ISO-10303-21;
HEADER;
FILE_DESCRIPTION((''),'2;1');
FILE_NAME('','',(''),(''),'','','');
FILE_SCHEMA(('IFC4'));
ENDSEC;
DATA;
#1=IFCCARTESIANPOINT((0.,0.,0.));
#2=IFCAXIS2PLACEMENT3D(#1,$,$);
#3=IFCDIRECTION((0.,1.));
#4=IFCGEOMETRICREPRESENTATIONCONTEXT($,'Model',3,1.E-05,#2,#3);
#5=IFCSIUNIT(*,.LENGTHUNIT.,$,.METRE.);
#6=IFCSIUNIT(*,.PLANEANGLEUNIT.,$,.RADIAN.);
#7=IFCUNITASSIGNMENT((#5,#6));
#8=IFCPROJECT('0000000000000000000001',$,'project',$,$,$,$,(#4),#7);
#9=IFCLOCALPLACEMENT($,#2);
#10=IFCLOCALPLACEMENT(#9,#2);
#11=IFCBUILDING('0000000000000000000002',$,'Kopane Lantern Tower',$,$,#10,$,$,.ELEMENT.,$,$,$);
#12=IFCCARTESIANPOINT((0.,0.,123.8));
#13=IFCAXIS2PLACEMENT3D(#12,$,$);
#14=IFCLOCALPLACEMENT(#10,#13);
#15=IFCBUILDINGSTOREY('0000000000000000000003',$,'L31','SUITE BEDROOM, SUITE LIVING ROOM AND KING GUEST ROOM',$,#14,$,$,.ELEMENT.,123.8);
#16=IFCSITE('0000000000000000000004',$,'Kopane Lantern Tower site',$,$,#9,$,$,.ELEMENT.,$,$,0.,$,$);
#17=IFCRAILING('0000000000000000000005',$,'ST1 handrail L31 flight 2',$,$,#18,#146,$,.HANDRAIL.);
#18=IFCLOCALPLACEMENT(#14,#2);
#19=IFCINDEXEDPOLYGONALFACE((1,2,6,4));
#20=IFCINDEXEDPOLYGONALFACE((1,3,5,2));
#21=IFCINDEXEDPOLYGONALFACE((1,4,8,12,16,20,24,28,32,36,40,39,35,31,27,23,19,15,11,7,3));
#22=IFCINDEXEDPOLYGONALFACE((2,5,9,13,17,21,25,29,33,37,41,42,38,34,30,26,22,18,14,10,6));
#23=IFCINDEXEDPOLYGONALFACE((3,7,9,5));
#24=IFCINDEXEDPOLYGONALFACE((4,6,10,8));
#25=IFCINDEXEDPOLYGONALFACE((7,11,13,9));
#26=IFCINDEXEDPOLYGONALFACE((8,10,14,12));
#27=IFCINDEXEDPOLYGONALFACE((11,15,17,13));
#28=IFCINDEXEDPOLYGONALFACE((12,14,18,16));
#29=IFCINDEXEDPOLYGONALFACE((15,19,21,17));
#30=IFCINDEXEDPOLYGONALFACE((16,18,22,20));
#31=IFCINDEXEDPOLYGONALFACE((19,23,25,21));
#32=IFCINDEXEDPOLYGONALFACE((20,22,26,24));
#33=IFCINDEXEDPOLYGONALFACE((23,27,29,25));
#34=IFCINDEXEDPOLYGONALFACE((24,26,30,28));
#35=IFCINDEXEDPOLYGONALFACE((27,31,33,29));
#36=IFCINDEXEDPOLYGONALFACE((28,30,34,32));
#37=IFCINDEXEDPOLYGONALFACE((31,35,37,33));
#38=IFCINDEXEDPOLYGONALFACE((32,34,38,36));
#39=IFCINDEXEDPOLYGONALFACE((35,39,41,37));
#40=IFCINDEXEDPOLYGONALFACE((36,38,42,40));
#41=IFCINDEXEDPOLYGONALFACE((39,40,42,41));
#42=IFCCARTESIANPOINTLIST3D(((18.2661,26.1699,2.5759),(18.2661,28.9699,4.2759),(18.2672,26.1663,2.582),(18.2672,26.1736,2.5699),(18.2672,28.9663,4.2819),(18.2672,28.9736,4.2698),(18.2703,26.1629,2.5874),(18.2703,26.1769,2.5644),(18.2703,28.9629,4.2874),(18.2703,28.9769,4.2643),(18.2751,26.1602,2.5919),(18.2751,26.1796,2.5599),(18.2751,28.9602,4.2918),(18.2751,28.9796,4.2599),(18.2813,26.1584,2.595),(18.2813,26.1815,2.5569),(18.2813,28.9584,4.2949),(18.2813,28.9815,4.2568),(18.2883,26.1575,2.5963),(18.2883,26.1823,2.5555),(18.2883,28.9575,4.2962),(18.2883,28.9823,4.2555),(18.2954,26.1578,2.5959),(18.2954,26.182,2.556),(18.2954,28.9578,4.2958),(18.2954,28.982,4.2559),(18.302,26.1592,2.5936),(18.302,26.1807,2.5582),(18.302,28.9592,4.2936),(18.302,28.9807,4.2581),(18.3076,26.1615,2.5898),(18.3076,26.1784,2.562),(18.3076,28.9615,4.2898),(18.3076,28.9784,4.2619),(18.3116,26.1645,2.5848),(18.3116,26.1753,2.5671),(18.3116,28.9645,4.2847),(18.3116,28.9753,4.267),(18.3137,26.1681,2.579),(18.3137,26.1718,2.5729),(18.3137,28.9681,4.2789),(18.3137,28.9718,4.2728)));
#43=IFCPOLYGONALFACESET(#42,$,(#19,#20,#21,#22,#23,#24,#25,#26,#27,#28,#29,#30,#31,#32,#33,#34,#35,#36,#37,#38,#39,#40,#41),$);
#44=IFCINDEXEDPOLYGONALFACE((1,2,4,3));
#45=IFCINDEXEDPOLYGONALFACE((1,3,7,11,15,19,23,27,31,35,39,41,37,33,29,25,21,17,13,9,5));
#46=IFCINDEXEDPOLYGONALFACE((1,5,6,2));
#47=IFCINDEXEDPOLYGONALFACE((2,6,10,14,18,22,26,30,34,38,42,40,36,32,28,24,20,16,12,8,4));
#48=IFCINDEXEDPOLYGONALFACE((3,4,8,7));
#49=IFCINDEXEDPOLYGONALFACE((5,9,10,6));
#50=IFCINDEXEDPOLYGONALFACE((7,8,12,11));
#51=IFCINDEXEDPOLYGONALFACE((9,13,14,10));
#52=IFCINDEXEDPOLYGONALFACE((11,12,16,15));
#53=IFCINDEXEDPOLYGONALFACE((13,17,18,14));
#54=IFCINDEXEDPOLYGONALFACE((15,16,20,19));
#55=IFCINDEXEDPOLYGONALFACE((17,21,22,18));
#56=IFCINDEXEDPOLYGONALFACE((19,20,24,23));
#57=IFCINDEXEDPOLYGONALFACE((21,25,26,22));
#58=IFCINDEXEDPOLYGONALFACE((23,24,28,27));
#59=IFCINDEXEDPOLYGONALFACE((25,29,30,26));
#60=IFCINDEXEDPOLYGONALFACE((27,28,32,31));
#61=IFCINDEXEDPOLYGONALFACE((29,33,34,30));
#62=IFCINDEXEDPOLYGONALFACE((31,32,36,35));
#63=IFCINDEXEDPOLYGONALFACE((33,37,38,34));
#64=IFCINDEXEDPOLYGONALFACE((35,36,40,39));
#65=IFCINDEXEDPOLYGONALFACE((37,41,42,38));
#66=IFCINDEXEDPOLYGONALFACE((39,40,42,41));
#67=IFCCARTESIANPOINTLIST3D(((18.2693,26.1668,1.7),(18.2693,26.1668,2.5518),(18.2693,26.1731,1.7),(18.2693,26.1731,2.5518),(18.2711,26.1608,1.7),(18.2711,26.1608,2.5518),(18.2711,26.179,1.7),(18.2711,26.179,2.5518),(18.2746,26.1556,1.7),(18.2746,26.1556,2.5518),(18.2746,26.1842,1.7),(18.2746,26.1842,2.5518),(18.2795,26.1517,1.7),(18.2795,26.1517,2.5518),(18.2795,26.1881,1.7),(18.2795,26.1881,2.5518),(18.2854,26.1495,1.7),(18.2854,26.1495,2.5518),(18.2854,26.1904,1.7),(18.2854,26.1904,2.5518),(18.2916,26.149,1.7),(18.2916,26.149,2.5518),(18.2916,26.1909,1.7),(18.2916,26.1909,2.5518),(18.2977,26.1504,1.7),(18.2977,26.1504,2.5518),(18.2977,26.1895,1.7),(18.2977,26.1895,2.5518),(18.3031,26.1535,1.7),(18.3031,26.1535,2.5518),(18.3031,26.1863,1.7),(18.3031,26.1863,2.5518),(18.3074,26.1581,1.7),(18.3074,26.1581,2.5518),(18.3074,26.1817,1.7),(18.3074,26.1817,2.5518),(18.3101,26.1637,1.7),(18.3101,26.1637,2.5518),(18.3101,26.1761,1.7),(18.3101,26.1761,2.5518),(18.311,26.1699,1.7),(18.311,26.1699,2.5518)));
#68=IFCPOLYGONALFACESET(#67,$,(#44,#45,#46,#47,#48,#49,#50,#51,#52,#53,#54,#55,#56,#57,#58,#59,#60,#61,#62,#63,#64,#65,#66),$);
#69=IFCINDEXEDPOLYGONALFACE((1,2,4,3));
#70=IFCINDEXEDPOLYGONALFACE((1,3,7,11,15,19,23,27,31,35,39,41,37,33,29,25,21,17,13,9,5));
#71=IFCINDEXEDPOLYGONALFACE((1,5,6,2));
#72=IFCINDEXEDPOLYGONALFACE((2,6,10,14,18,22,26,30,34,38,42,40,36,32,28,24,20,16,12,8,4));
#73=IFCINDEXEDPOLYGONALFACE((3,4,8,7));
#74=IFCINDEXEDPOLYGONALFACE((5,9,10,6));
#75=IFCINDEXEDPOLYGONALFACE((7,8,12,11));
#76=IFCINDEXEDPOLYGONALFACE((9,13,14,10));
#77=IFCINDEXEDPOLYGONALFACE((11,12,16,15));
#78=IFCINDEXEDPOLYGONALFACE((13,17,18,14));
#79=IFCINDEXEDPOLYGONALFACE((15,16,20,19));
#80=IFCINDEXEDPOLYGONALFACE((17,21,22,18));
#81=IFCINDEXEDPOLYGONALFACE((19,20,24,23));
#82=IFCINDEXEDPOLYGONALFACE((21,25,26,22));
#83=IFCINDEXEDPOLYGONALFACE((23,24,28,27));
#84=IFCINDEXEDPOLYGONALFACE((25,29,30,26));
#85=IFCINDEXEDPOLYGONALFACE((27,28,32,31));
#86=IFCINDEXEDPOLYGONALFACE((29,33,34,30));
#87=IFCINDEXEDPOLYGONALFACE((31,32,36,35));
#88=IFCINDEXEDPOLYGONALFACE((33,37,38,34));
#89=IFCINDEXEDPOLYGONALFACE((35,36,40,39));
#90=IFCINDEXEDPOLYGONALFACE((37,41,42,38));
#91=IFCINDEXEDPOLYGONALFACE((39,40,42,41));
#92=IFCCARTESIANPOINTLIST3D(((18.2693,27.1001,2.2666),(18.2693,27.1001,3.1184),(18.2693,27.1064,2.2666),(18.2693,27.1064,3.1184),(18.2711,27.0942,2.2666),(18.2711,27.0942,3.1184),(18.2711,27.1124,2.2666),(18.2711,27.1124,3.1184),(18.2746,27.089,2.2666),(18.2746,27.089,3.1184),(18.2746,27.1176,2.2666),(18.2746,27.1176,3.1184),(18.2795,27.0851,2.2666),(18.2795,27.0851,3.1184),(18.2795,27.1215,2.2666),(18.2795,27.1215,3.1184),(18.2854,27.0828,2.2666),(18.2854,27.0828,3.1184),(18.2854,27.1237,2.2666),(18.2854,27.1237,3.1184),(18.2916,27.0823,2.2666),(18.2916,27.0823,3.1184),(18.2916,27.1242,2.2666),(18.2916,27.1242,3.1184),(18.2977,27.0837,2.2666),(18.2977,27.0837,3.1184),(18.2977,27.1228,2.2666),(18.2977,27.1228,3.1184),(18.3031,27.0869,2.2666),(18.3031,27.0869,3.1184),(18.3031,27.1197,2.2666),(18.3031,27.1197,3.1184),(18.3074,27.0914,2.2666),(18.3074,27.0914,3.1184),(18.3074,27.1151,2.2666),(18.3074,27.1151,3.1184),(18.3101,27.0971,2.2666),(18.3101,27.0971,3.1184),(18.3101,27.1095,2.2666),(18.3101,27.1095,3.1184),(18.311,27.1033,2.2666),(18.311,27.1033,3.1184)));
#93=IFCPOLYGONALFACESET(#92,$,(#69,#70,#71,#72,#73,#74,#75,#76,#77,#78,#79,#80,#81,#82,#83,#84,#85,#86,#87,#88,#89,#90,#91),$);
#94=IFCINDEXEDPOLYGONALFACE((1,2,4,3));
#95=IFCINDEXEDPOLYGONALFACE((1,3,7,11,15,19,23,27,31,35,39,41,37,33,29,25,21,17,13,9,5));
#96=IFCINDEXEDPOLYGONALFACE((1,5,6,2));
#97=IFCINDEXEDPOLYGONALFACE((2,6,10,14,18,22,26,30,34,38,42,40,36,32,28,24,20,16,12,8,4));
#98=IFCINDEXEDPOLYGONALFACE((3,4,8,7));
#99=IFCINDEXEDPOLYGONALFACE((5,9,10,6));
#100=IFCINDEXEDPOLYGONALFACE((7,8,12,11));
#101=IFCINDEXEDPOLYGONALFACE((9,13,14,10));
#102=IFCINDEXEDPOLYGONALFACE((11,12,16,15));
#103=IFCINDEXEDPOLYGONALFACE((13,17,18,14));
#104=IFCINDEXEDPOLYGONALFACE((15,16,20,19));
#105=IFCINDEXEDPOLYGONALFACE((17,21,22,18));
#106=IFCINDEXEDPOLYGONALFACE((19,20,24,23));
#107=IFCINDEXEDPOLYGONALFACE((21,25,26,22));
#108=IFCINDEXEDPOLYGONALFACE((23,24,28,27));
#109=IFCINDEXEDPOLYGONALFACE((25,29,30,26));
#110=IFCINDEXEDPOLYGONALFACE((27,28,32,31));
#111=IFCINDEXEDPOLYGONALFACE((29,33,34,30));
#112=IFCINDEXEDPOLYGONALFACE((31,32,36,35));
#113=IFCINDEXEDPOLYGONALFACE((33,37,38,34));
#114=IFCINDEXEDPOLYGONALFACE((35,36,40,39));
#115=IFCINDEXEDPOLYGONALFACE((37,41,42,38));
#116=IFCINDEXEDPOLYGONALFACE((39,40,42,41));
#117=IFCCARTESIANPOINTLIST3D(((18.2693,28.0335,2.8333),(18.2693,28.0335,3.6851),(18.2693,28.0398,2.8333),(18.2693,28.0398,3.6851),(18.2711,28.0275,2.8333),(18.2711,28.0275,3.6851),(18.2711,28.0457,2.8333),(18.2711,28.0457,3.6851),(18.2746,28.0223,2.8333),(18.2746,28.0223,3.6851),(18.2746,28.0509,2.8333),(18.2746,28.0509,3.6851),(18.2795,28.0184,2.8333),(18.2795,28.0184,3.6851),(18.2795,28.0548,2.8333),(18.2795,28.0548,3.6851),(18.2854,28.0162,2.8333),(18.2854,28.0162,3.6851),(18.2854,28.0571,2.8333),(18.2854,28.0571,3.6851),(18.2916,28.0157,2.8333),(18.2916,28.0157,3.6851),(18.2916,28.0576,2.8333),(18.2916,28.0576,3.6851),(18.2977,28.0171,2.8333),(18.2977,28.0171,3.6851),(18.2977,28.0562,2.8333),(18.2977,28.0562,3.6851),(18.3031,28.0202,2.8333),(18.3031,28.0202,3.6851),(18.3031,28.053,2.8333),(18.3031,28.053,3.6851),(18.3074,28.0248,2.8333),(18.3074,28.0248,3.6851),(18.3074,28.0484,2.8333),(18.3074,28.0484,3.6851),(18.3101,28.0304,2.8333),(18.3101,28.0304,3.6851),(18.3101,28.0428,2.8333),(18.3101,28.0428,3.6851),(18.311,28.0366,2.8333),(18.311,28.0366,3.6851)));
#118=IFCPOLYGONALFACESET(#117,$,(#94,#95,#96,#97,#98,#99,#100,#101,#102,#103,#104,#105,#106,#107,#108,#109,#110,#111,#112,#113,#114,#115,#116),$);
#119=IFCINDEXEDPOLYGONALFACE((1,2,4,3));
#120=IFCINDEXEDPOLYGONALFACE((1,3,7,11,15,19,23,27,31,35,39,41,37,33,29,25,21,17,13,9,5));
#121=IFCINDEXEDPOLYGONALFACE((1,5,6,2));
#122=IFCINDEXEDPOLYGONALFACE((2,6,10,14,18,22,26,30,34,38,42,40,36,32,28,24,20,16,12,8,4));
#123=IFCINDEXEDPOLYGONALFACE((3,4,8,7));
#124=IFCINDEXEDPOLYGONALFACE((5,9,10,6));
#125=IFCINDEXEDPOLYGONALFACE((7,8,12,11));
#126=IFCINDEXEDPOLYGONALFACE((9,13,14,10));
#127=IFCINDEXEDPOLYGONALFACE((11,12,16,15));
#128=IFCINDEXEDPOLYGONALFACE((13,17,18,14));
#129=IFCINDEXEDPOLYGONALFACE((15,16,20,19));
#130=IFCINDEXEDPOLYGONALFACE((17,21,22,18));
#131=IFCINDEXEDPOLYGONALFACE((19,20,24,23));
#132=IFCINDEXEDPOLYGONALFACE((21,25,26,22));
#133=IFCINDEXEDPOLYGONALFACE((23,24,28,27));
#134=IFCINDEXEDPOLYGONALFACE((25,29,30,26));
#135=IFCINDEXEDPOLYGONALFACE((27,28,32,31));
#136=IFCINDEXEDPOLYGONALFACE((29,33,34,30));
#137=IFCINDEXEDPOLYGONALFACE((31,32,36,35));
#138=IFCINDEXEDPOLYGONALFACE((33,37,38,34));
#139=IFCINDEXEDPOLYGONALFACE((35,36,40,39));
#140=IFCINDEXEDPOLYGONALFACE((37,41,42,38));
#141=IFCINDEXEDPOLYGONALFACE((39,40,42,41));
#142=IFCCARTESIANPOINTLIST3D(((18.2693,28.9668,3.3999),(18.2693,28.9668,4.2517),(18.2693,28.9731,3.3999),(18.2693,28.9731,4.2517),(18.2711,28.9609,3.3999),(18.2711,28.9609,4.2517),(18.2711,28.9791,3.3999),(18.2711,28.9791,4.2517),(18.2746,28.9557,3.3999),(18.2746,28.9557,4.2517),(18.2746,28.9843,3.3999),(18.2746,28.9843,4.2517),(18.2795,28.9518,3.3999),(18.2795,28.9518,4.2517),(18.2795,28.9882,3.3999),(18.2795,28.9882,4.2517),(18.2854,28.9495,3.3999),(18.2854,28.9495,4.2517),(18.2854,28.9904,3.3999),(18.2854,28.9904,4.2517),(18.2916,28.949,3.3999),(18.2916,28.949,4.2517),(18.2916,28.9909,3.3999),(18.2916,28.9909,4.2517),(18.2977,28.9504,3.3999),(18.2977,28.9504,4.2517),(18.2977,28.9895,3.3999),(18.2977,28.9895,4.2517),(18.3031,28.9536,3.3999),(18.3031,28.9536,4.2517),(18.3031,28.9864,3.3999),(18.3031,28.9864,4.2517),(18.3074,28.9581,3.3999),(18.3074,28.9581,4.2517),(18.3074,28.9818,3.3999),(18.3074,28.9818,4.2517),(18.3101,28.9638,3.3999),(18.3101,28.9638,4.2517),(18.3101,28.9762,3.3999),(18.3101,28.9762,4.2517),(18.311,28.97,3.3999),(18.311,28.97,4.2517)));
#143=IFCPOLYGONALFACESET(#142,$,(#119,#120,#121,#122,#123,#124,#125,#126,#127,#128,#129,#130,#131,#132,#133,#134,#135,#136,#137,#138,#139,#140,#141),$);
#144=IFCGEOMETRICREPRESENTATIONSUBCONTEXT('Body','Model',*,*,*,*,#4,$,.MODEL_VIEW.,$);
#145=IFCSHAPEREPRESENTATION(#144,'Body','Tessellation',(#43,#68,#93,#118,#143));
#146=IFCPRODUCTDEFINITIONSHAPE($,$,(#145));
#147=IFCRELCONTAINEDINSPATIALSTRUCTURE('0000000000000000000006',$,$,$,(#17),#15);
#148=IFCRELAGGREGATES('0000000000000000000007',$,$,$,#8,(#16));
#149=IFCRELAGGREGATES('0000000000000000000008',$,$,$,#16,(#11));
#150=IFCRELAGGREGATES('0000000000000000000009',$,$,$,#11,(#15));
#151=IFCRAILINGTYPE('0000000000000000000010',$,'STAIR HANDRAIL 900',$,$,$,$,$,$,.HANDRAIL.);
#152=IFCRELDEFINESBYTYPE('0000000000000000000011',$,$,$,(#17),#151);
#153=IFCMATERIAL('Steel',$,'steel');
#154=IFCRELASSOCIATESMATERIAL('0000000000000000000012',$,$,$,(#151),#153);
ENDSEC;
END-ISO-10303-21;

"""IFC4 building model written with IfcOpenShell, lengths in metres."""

from ifc_helpers import new_model, si_unit, direction, frame, origin, origin_2d, place, context, subcontext, project, spatial, circle, extrude, material, type_object, element, save


model = new_model("IFC4")

# Units and contexts
model_context = context("Model", 3, precision=1e-05, world=origin(), true_north=direction((0.0, 1.0)))
body_context = subcontext(model_context, "Body", "Model", "MODEL_VIEW")
ifc_project = project(units=[si_unit("LENGTHUNIT", "METRE"), si_unit("PLANEANGLEUNIT", "RADIAN")], contexts=[model_context])

# Site, building, storey
site_placement = place(None, origin())
site = spatial("IfcSite", under=ifc_project, at=site_placement, Name="Kopane Lantern Tower site", CompositionType="ELEMENT", RefElevation=0.0)
building_placement = place(site_placement, origin())
building = spatial("IfcBuilding", under=site, at=building_placement, Name="Kopane Lantern Tower", CompositionType="ELEMENT")
storey_placement = place(building_placement, frame((0.0, 0.0, 123.8)))
storey = spatial("IfcBuildingStorey", under=building, at=storey_placement, Name="L31", Description="SUITE BEDROOM, SUITE LIVING ROOM AND KING GUEST ROOM", CompositionType="ELEMENT", Elevation=123.8)

# Railing
ifc_material_1 = material(Name="Steel", Category="steel")
railing_type_1 = type_object("IfcRailingType", Name="STAIR HANDRAIL 900", PredefinedType="HANDRAIL", material=ifc_material_1)
for number, where, name in (
    (1, (18.29, 26.1699, 1.7), "ST1 handrail L31 flight 2"),
):
    element("IfcRailing", number, at=place(storey_placement, frame(where)), inside=storey, type_object=railing_type_1, Name=name, PredefinedType="HANDRAIL", context=body_context, shape_type="SweptSolid", body=[
        extrude(circle(Radius=0.0239, at=origin_2d()), frame((0.0, 0.0, 0.876), z_axis=(0.0, 0.854798, 0.518961), x_axis=(-1.0, 0.0, 0.0)), (0.0, 0.0, 1.0), 3.2756),
        extrude(circle(Radius=0.021, at=origin_2d()), origin(), (0.0, 0.0, 1.0), 0.8518),
        extrude(circle(Radius=0.021, at=origin_2d()), frame((0.0, 0.9333, 0.5667)), (0.0, 0.0, 1.0), 0.8518),
        extrude(circle(Radius=0.021, at=origin_2d()), frame((0.0, 1.8667, 1.1333)), (0.0, 0.0, 1.0), 0.8518),
        extrude(circle(Radius=0.021, at=origin_2d()), frame((0.0, 2.8, 1.7)), (0.0, 0.0, 1.0), 0.8518),
    ])

save(model, "model.ifc")
